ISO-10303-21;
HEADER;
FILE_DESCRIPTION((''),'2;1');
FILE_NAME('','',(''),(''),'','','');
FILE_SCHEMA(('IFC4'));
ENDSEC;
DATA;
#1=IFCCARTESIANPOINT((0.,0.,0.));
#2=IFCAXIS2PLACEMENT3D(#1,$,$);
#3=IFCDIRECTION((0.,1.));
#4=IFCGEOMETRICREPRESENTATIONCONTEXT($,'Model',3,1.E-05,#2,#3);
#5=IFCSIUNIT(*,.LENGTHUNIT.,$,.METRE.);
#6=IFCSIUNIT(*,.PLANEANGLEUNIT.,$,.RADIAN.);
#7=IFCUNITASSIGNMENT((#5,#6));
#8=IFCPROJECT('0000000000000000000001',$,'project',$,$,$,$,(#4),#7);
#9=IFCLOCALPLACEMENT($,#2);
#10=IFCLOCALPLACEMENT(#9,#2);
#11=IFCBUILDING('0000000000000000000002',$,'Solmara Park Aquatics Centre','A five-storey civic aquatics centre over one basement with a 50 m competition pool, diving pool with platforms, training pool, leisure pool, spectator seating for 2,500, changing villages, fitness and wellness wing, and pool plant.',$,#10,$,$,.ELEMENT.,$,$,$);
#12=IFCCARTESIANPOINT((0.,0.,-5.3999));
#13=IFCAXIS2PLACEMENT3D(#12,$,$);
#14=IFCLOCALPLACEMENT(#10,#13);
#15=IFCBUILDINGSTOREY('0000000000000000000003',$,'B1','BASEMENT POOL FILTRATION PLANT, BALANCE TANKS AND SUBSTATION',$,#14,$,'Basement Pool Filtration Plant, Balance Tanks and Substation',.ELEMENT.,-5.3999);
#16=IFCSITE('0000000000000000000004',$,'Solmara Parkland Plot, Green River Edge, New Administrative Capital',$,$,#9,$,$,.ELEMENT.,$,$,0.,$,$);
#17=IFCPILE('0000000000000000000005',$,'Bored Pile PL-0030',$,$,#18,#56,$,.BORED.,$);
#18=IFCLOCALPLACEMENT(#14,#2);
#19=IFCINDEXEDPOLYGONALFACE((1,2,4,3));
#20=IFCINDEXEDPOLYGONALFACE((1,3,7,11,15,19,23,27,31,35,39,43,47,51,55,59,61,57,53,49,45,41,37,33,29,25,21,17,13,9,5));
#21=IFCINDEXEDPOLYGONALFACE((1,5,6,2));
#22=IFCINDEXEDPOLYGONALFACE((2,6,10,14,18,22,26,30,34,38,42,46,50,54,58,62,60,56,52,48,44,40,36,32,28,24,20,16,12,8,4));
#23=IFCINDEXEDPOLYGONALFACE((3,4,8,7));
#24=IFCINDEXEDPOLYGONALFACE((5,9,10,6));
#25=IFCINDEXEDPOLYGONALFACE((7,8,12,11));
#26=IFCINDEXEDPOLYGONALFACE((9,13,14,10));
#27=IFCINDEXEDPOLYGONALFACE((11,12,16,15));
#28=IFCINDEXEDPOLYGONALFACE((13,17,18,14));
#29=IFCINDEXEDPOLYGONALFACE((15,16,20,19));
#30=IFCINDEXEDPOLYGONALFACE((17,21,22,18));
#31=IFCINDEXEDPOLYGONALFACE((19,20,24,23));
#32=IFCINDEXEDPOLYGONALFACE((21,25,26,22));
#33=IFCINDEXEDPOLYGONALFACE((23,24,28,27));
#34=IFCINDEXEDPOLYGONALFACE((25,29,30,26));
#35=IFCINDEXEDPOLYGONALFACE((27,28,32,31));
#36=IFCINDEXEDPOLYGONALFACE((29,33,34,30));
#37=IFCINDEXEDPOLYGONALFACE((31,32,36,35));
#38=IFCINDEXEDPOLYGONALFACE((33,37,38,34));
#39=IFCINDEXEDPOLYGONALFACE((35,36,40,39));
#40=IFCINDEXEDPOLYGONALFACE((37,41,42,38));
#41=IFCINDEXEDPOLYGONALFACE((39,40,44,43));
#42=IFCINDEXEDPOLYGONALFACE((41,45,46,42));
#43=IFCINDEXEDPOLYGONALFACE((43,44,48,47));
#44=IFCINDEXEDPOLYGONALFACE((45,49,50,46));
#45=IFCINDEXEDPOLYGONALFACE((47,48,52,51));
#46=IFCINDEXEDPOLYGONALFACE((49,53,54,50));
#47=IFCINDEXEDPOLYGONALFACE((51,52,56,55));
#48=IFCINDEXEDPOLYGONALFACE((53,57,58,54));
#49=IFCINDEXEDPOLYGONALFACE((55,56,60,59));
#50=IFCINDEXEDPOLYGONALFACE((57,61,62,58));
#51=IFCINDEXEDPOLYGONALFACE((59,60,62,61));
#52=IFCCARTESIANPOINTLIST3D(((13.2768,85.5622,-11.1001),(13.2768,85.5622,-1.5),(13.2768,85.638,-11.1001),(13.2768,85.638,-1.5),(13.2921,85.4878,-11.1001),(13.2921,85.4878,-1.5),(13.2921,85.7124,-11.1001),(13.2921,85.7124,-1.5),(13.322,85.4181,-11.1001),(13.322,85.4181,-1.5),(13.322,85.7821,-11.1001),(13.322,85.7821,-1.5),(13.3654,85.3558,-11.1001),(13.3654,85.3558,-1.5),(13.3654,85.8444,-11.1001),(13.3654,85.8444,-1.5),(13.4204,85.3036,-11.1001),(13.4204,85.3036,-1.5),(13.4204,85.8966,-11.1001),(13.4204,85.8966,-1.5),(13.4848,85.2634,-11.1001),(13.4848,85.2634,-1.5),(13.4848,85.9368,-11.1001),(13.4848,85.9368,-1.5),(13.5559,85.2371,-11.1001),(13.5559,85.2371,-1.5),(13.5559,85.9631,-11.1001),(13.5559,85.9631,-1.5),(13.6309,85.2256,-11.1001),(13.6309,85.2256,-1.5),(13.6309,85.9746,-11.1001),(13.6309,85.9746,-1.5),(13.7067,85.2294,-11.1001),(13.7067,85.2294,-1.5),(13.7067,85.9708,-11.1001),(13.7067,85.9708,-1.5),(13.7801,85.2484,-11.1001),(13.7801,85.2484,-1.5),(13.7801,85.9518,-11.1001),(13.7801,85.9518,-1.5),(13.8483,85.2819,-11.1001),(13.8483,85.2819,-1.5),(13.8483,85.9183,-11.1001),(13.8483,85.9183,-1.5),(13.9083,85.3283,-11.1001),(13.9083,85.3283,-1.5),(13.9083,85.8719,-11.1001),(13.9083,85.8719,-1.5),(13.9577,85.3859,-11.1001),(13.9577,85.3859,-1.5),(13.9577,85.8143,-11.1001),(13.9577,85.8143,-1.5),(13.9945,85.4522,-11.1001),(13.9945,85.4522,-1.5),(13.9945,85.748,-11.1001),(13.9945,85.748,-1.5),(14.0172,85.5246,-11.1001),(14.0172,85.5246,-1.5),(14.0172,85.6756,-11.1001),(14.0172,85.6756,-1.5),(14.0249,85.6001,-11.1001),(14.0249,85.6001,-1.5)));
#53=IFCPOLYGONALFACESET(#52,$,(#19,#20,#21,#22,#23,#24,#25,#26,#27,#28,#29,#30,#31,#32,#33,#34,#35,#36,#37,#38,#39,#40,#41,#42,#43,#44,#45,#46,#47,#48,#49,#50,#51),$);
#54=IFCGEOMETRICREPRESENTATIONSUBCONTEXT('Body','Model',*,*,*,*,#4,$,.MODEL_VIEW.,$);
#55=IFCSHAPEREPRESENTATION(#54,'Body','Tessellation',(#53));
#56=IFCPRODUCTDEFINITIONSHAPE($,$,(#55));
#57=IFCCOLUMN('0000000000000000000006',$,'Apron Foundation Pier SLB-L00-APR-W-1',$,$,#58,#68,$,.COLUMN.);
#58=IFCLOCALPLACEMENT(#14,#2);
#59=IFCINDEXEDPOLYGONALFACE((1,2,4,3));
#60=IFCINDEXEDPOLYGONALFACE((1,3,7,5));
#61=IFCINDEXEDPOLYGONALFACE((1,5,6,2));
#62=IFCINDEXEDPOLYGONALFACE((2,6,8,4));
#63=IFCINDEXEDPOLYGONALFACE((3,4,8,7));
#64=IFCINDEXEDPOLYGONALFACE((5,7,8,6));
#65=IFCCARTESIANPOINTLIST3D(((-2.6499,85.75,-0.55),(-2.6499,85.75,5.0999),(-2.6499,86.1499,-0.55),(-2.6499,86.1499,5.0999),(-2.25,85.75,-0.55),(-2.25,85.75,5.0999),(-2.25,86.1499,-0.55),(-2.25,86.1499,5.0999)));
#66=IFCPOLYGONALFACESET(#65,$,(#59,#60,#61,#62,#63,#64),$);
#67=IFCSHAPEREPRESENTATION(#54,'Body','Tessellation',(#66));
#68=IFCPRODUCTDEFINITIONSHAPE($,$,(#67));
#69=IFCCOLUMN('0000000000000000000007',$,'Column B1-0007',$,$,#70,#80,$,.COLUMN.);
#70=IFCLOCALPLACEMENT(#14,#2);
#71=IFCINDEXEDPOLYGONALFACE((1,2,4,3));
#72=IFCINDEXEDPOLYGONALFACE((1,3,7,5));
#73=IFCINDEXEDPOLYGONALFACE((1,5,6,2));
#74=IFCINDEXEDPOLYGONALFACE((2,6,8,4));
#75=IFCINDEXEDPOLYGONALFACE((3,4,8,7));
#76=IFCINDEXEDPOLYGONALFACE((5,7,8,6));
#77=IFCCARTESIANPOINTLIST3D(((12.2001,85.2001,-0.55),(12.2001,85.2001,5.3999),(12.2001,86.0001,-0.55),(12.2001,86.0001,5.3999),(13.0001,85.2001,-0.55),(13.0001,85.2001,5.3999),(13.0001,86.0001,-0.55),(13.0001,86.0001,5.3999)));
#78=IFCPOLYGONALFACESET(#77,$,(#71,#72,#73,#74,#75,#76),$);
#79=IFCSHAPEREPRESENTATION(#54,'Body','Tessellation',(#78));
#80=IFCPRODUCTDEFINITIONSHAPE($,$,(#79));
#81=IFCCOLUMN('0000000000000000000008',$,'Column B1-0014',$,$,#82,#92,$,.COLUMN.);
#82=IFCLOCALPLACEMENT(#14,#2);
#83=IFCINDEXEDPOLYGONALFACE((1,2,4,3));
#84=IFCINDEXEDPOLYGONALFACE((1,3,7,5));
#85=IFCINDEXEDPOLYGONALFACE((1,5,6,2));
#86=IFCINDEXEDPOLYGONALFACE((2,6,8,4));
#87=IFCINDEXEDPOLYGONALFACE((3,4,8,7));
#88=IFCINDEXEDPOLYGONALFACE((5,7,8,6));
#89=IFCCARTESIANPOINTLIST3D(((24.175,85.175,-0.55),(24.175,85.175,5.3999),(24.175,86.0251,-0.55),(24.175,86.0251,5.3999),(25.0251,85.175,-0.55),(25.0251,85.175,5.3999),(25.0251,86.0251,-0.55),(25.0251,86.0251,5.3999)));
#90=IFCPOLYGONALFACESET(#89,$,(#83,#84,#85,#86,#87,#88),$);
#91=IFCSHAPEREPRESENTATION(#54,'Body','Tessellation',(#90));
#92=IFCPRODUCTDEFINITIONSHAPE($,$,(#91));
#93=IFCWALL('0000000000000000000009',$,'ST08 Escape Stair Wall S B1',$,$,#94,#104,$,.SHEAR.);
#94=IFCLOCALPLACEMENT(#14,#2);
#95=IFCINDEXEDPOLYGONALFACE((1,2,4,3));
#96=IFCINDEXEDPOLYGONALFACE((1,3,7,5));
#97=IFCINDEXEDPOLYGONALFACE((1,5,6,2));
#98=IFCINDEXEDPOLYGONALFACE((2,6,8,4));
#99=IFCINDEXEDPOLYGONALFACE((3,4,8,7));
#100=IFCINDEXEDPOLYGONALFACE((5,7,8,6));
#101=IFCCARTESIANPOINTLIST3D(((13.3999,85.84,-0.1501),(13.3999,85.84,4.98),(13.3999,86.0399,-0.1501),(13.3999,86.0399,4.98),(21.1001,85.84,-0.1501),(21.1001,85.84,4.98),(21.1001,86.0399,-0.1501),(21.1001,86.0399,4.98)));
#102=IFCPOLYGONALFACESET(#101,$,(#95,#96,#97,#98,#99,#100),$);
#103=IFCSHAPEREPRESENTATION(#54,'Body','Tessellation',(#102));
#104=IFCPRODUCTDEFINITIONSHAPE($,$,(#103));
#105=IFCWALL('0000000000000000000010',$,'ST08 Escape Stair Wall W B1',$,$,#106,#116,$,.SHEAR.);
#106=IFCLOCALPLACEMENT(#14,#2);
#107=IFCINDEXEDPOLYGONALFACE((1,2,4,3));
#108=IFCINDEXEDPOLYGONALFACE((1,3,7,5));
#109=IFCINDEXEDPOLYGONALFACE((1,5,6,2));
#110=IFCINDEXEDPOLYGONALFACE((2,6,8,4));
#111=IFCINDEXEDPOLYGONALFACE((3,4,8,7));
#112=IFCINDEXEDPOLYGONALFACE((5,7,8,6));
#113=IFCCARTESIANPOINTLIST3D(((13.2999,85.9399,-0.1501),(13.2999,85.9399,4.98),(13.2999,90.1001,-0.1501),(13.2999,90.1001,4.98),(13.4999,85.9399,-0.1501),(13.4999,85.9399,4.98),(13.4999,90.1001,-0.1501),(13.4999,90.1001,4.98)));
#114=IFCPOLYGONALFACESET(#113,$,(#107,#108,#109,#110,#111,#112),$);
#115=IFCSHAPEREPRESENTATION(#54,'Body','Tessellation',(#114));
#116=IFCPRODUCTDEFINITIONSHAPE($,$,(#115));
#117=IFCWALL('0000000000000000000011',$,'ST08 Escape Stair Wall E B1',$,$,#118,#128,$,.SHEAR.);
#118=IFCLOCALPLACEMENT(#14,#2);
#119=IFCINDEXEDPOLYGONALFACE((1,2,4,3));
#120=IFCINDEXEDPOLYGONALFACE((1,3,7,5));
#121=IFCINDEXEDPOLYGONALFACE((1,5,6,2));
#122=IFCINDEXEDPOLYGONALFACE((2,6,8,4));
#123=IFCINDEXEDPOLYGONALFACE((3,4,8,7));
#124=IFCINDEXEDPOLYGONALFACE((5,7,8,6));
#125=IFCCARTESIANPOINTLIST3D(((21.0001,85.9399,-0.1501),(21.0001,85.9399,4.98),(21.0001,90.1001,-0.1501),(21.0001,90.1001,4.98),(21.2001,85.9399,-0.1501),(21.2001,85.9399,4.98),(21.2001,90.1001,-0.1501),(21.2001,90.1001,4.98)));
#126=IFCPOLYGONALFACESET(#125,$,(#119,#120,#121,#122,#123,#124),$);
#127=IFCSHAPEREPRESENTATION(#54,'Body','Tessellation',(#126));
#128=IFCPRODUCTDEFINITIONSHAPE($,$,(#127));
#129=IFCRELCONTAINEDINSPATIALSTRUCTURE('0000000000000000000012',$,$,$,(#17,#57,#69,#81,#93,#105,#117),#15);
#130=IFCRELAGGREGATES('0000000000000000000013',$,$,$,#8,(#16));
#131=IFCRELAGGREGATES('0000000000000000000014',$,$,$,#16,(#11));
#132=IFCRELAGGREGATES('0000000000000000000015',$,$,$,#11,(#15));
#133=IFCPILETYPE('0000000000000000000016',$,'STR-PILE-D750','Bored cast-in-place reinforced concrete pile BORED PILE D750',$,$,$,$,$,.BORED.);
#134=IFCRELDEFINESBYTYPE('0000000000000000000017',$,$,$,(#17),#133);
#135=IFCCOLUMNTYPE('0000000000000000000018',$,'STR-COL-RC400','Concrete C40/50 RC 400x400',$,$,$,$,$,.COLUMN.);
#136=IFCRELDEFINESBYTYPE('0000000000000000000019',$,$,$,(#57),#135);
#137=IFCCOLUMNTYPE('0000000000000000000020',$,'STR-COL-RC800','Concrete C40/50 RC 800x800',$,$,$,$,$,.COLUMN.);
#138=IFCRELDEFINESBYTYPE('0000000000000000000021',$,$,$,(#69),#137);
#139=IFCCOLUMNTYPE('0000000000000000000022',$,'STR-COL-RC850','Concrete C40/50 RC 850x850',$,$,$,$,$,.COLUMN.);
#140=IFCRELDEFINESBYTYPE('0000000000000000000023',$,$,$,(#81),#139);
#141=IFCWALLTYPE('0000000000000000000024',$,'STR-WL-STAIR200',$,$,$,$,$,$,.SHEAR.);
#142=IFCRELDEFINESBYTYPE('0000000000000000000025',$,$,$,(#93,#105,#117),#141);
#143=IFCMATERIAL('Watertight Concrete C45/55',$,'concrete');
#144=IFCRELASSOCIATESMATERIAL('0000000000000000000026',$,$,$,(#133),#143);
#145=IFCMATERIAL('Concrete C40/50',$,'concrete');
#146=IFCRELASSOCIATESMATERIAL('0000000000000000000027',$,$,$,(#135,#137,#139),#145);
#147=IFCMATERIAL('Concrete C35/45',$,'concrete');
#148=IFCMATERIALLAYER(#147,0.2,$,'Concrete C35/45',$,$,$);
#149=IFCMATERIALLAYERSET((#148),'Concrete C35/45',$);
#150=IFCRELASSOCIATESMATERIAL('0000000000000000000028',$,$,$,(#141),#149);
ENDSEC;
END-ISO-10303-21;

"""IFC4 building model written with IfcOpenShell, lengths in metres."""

from ifc_helpers import new_model, si_unit, direction, frame, frame_2d, origin, origin_2d, place, context, subcontext, project, spatial, rectangle, circle, extrude, material, layer, layer_set, material_profile, profile_set, type_object, element, save


model = new_model("IFC4")

# Units and contexts
model_context = context("Model", 3, precision=1e-05, world=origin(), true_north=direction((0.0, 1.0)))
body_context = subcontext(model_context, "Body", "Model", "MODEL_VIEW")
ifc_project = project(units=[si_unit("LENGTHUNIT", "METRE"), si_unit("PLANEANGLEUNIT", "RADIAN")], contexts=[model_context])

# Site, building, storey
site_placement = place(None, origin())
site = spatial("IfcSite", under=ifc_project, at=site_placement, Name="Solmara Parkland Plot, Green River Edge, New Administrative Capital", CompositionType="ELEMENT", RefElevation=0.0)
building_placement = place(site_placement, origin())
building = spatial("IfcBuilding", under=site, at=building_placement, Name="Solmara Park Aquatics Centre", Description="A five-storey civic aquatics centre over one basement with a 50 m competition pool, diving pool with platforms, training pool, leisure pool, spectator seating for 2,500, changing villages, fitness and wellness wing, and pool plant.", CompositionType="ELEMENT")
storey_placement = place(building_placement, frame((0.0, 0.0, -5.3999)))
storey = spatial("IfcBuildingStorey", under=building, at=storey_placement, Name="B1", Description="BASEMENT POOL FILTRATION PLANT, BALANCE TANKS AND SUBSTATION", LongName="Basement Pool Filtration Plant, Balance Tanks and Substation", CompositionType="ELEMENT", Elevation=-5.3999)

# Shared definitions
ifc_material_1 = material(Name="Watertight Concrete C45/55", Category="concrete")

# Pile
ifc_material_profile_1 = material_profile(ifc_material_1, circle(Radius=0.375, at=origin_2d()), Name="BORED PILE D750")
ifc_profile_set_1 = profile_set([ifc_material_profile_1], Name="Watertight Concrete C45/55")
pile_type_1 = type_object("IfcPileType", Name="STR-PILE-D750", Description="Bored cast-in-place reinforced concrete pile BORED PILE D750", PredefinedType="BORED", material=ifc_profile_set_1)
for number, where, z_axis, x_axis, name in (
    (1, (13.6499, 85.6001, -1.5), (0.0, 0.0, -1.0), (1.0, 0.0, 0.0), "Bored Pile PL-0030"),
):
    element("IfcPile", number, at=place(storey_placement, frame(where, z_axis=z_axis, x_axis=x_axis)), inside=storey, type_object=pile_type_1, Name=name, PredefinedType="BORED", context=body_context, shape_type="SweptSolid", body=[
        extrude(circle(Radius=0.375, at=origin_2d()), origin(), (0.0, 0.0, 1.0), 9.6001),
    ])

# Columns
ifc_material_2 = material(Name="Concrete C40/50", Category="concrete")
ifc_material_profile_2 = material_profile(ifc_material_2, rectangle(XDim=0.3999, YDim=0.3999, at=origin_2d()), Name="RC 400x400")
ifc_profile_set_2 = profile_set([ifc_material_profile_2], Name="Concrete C40/50")
column_type_1 = type_object("IfcColumnType", Name="STR-COL-RC400", Description="Concrete C40/50 RC 400x400", PredefinedType="COLUMN", material=ifc_profile_set_2)
column_1_placement = place(storey_placement, frame((-2.45, 85.95, -0.55), z_axis=(0.0, 0.0, 1.0), x_axis=(1.0, 0.0, 0.0)))
element("IfcColumn", 2, at=column_1_placement, inside=storey, type_object=column_type_1, Name="Apron Foundation Pier SLB-L00-APR-W-1", PredefinedType="COLUMN", context=body_context, shape_type="SweptSolid", body=[
    extrude(rectangle(XDim=0.3999, YDim=0.3999, at=origin_2d()), origin(), (0.0, 0.0, 1.0), 5.6499),
])
ifc_material_profile_3 = material_profile(ifc_material_2, rectangle(XDim=0.8, YDim=0.8, at=origin_2d()), Name="RC 800x800")
ifc_profile_set_3 = profile_set([ifc_material_profile_3], Name="Concrete C40/50")
column_type_2 = type_object("IfcColumnType", Name="STR-COL-RC800", Description="Concrete C40/50 RC 800x800", PredefinedType="COLUMN", material=ifc_profile_set_3)
column_2_placement = place(storey_placement, frame((12.6001, 85.6001, -0.55), z_axis=(0.0, 0.0, 1.0), x_axis=(1.0, 0.0, 0.0)))
element("IfcColumn", 3, at=column_2_placement, inside=storey, type_object=column_type_2, Name="Column B1-0007", PredefinedType="COLUMN", context=body_context, shape_type="SweptSolid", body=[
    extrude(rectangle(XDim=0.8, YDim=0.8, at=origin_2d()), origin(), (0.0, 0.0, 1.0), 5.95),
])
ifc_material_profile_4 = material_profile(ifc_material_2, rectangle(XDim=0.8501, YDim=0.8501, at=origin_2d()), Name="RC 850x850")
ifc_profile_set_4 = profile_set([ifc_material_profile_4], Name="Concrete C40/50")
column_type_3 = type_object("IfcColumnType", Name="STR-COL-RC850", Description="Concrete C40/50 RC 850x850", PredefinedType="COLUMN", material=ifc_profile_set_4)
column_3_placement = place(storey_placement, frame((24.6001, 85.6001, -0.55), z_axis=(0.0, 0.0, 1.0), x_axis=(1.0, 0.0, 0.0)))
element("IfcColumn", 4, at=column_3_placement, inside=storey, type_object=column_type_3, Name="Column B1-0014", PredefinedType="COLUMN", context=body_context, shape_type="SweptSolid", body=[
    extrude(rectangle(XDim=0.8501, YDim=0.8501, at=origin_2d()), origin(), (0.0, 0.0, 1.0), 5.95),
])

# Walls
ifc_material_3 = material(Name="Concrete C35/45", Category="concrete")
ifc_layer_1 = layer(ifc_material_3, 0.2, Name="Concrete C35/45")
ifc_layer_set_1 = layer_set([ifc_layer_1], Name="Concrete C35/45")
wall_type = type_object("IfcWallType", Name="STR-WL-STAIR200", PredefinedType="SHEAR", material=ifc_layer_set_1)
wall_placement = place(storey_placement, frame((13.3999, 85.9399, -0.1501), z_axis=(0.0, 0.0, 1.0), x_axis=(1.0, 0.0, 0.0)))
element("IfcWall", 5, at=wall_placement, inside=storey, type_object=wall_type, Name="ST08 Escape Stair Wall S B1", PredefinedType="SHEAR", context=body_context, shape_type="SweptSolid", body=[
    extrude(rectangle(XDim=7.7002, YDim=0.2, at=frame_2d((3.8501, 0.0))), origin(), (0.0, 0.0, 1.0), 5.1301),
])
for number, where, z_axis, x_axis, name in (
    (6, (13.3999, 85.9399, -0.1501), (0.0, 0.0, 1.0), (0.0, 1.0, 0.0), "ST08 Escape Stair Wall W B1"),
    (7, (21.1001, 85.9399, -0.1501), (0.0, 0.0, 1.0), (0.0, 1.0, 0.0), "ST08 Escape Stair Wall E B1"),
):
    element("IfcWall", number, at=place(storey_placement, frame(where, z_axis=z_axis, x_axis=x_axis)), inside=storey, type_object=wall_type, Name=name, PredefinedType="SHEAR", context=body_context, shape_type="SweptSolid", body=[
        extrude(rectangle(XDim=4.1602, YDim=0.2, at=frame_2d((2.0801, 0.0))), origin(), (0.0, 0.0, 1.0), 5.1301),
    ])

save(model, "model.ifc")
